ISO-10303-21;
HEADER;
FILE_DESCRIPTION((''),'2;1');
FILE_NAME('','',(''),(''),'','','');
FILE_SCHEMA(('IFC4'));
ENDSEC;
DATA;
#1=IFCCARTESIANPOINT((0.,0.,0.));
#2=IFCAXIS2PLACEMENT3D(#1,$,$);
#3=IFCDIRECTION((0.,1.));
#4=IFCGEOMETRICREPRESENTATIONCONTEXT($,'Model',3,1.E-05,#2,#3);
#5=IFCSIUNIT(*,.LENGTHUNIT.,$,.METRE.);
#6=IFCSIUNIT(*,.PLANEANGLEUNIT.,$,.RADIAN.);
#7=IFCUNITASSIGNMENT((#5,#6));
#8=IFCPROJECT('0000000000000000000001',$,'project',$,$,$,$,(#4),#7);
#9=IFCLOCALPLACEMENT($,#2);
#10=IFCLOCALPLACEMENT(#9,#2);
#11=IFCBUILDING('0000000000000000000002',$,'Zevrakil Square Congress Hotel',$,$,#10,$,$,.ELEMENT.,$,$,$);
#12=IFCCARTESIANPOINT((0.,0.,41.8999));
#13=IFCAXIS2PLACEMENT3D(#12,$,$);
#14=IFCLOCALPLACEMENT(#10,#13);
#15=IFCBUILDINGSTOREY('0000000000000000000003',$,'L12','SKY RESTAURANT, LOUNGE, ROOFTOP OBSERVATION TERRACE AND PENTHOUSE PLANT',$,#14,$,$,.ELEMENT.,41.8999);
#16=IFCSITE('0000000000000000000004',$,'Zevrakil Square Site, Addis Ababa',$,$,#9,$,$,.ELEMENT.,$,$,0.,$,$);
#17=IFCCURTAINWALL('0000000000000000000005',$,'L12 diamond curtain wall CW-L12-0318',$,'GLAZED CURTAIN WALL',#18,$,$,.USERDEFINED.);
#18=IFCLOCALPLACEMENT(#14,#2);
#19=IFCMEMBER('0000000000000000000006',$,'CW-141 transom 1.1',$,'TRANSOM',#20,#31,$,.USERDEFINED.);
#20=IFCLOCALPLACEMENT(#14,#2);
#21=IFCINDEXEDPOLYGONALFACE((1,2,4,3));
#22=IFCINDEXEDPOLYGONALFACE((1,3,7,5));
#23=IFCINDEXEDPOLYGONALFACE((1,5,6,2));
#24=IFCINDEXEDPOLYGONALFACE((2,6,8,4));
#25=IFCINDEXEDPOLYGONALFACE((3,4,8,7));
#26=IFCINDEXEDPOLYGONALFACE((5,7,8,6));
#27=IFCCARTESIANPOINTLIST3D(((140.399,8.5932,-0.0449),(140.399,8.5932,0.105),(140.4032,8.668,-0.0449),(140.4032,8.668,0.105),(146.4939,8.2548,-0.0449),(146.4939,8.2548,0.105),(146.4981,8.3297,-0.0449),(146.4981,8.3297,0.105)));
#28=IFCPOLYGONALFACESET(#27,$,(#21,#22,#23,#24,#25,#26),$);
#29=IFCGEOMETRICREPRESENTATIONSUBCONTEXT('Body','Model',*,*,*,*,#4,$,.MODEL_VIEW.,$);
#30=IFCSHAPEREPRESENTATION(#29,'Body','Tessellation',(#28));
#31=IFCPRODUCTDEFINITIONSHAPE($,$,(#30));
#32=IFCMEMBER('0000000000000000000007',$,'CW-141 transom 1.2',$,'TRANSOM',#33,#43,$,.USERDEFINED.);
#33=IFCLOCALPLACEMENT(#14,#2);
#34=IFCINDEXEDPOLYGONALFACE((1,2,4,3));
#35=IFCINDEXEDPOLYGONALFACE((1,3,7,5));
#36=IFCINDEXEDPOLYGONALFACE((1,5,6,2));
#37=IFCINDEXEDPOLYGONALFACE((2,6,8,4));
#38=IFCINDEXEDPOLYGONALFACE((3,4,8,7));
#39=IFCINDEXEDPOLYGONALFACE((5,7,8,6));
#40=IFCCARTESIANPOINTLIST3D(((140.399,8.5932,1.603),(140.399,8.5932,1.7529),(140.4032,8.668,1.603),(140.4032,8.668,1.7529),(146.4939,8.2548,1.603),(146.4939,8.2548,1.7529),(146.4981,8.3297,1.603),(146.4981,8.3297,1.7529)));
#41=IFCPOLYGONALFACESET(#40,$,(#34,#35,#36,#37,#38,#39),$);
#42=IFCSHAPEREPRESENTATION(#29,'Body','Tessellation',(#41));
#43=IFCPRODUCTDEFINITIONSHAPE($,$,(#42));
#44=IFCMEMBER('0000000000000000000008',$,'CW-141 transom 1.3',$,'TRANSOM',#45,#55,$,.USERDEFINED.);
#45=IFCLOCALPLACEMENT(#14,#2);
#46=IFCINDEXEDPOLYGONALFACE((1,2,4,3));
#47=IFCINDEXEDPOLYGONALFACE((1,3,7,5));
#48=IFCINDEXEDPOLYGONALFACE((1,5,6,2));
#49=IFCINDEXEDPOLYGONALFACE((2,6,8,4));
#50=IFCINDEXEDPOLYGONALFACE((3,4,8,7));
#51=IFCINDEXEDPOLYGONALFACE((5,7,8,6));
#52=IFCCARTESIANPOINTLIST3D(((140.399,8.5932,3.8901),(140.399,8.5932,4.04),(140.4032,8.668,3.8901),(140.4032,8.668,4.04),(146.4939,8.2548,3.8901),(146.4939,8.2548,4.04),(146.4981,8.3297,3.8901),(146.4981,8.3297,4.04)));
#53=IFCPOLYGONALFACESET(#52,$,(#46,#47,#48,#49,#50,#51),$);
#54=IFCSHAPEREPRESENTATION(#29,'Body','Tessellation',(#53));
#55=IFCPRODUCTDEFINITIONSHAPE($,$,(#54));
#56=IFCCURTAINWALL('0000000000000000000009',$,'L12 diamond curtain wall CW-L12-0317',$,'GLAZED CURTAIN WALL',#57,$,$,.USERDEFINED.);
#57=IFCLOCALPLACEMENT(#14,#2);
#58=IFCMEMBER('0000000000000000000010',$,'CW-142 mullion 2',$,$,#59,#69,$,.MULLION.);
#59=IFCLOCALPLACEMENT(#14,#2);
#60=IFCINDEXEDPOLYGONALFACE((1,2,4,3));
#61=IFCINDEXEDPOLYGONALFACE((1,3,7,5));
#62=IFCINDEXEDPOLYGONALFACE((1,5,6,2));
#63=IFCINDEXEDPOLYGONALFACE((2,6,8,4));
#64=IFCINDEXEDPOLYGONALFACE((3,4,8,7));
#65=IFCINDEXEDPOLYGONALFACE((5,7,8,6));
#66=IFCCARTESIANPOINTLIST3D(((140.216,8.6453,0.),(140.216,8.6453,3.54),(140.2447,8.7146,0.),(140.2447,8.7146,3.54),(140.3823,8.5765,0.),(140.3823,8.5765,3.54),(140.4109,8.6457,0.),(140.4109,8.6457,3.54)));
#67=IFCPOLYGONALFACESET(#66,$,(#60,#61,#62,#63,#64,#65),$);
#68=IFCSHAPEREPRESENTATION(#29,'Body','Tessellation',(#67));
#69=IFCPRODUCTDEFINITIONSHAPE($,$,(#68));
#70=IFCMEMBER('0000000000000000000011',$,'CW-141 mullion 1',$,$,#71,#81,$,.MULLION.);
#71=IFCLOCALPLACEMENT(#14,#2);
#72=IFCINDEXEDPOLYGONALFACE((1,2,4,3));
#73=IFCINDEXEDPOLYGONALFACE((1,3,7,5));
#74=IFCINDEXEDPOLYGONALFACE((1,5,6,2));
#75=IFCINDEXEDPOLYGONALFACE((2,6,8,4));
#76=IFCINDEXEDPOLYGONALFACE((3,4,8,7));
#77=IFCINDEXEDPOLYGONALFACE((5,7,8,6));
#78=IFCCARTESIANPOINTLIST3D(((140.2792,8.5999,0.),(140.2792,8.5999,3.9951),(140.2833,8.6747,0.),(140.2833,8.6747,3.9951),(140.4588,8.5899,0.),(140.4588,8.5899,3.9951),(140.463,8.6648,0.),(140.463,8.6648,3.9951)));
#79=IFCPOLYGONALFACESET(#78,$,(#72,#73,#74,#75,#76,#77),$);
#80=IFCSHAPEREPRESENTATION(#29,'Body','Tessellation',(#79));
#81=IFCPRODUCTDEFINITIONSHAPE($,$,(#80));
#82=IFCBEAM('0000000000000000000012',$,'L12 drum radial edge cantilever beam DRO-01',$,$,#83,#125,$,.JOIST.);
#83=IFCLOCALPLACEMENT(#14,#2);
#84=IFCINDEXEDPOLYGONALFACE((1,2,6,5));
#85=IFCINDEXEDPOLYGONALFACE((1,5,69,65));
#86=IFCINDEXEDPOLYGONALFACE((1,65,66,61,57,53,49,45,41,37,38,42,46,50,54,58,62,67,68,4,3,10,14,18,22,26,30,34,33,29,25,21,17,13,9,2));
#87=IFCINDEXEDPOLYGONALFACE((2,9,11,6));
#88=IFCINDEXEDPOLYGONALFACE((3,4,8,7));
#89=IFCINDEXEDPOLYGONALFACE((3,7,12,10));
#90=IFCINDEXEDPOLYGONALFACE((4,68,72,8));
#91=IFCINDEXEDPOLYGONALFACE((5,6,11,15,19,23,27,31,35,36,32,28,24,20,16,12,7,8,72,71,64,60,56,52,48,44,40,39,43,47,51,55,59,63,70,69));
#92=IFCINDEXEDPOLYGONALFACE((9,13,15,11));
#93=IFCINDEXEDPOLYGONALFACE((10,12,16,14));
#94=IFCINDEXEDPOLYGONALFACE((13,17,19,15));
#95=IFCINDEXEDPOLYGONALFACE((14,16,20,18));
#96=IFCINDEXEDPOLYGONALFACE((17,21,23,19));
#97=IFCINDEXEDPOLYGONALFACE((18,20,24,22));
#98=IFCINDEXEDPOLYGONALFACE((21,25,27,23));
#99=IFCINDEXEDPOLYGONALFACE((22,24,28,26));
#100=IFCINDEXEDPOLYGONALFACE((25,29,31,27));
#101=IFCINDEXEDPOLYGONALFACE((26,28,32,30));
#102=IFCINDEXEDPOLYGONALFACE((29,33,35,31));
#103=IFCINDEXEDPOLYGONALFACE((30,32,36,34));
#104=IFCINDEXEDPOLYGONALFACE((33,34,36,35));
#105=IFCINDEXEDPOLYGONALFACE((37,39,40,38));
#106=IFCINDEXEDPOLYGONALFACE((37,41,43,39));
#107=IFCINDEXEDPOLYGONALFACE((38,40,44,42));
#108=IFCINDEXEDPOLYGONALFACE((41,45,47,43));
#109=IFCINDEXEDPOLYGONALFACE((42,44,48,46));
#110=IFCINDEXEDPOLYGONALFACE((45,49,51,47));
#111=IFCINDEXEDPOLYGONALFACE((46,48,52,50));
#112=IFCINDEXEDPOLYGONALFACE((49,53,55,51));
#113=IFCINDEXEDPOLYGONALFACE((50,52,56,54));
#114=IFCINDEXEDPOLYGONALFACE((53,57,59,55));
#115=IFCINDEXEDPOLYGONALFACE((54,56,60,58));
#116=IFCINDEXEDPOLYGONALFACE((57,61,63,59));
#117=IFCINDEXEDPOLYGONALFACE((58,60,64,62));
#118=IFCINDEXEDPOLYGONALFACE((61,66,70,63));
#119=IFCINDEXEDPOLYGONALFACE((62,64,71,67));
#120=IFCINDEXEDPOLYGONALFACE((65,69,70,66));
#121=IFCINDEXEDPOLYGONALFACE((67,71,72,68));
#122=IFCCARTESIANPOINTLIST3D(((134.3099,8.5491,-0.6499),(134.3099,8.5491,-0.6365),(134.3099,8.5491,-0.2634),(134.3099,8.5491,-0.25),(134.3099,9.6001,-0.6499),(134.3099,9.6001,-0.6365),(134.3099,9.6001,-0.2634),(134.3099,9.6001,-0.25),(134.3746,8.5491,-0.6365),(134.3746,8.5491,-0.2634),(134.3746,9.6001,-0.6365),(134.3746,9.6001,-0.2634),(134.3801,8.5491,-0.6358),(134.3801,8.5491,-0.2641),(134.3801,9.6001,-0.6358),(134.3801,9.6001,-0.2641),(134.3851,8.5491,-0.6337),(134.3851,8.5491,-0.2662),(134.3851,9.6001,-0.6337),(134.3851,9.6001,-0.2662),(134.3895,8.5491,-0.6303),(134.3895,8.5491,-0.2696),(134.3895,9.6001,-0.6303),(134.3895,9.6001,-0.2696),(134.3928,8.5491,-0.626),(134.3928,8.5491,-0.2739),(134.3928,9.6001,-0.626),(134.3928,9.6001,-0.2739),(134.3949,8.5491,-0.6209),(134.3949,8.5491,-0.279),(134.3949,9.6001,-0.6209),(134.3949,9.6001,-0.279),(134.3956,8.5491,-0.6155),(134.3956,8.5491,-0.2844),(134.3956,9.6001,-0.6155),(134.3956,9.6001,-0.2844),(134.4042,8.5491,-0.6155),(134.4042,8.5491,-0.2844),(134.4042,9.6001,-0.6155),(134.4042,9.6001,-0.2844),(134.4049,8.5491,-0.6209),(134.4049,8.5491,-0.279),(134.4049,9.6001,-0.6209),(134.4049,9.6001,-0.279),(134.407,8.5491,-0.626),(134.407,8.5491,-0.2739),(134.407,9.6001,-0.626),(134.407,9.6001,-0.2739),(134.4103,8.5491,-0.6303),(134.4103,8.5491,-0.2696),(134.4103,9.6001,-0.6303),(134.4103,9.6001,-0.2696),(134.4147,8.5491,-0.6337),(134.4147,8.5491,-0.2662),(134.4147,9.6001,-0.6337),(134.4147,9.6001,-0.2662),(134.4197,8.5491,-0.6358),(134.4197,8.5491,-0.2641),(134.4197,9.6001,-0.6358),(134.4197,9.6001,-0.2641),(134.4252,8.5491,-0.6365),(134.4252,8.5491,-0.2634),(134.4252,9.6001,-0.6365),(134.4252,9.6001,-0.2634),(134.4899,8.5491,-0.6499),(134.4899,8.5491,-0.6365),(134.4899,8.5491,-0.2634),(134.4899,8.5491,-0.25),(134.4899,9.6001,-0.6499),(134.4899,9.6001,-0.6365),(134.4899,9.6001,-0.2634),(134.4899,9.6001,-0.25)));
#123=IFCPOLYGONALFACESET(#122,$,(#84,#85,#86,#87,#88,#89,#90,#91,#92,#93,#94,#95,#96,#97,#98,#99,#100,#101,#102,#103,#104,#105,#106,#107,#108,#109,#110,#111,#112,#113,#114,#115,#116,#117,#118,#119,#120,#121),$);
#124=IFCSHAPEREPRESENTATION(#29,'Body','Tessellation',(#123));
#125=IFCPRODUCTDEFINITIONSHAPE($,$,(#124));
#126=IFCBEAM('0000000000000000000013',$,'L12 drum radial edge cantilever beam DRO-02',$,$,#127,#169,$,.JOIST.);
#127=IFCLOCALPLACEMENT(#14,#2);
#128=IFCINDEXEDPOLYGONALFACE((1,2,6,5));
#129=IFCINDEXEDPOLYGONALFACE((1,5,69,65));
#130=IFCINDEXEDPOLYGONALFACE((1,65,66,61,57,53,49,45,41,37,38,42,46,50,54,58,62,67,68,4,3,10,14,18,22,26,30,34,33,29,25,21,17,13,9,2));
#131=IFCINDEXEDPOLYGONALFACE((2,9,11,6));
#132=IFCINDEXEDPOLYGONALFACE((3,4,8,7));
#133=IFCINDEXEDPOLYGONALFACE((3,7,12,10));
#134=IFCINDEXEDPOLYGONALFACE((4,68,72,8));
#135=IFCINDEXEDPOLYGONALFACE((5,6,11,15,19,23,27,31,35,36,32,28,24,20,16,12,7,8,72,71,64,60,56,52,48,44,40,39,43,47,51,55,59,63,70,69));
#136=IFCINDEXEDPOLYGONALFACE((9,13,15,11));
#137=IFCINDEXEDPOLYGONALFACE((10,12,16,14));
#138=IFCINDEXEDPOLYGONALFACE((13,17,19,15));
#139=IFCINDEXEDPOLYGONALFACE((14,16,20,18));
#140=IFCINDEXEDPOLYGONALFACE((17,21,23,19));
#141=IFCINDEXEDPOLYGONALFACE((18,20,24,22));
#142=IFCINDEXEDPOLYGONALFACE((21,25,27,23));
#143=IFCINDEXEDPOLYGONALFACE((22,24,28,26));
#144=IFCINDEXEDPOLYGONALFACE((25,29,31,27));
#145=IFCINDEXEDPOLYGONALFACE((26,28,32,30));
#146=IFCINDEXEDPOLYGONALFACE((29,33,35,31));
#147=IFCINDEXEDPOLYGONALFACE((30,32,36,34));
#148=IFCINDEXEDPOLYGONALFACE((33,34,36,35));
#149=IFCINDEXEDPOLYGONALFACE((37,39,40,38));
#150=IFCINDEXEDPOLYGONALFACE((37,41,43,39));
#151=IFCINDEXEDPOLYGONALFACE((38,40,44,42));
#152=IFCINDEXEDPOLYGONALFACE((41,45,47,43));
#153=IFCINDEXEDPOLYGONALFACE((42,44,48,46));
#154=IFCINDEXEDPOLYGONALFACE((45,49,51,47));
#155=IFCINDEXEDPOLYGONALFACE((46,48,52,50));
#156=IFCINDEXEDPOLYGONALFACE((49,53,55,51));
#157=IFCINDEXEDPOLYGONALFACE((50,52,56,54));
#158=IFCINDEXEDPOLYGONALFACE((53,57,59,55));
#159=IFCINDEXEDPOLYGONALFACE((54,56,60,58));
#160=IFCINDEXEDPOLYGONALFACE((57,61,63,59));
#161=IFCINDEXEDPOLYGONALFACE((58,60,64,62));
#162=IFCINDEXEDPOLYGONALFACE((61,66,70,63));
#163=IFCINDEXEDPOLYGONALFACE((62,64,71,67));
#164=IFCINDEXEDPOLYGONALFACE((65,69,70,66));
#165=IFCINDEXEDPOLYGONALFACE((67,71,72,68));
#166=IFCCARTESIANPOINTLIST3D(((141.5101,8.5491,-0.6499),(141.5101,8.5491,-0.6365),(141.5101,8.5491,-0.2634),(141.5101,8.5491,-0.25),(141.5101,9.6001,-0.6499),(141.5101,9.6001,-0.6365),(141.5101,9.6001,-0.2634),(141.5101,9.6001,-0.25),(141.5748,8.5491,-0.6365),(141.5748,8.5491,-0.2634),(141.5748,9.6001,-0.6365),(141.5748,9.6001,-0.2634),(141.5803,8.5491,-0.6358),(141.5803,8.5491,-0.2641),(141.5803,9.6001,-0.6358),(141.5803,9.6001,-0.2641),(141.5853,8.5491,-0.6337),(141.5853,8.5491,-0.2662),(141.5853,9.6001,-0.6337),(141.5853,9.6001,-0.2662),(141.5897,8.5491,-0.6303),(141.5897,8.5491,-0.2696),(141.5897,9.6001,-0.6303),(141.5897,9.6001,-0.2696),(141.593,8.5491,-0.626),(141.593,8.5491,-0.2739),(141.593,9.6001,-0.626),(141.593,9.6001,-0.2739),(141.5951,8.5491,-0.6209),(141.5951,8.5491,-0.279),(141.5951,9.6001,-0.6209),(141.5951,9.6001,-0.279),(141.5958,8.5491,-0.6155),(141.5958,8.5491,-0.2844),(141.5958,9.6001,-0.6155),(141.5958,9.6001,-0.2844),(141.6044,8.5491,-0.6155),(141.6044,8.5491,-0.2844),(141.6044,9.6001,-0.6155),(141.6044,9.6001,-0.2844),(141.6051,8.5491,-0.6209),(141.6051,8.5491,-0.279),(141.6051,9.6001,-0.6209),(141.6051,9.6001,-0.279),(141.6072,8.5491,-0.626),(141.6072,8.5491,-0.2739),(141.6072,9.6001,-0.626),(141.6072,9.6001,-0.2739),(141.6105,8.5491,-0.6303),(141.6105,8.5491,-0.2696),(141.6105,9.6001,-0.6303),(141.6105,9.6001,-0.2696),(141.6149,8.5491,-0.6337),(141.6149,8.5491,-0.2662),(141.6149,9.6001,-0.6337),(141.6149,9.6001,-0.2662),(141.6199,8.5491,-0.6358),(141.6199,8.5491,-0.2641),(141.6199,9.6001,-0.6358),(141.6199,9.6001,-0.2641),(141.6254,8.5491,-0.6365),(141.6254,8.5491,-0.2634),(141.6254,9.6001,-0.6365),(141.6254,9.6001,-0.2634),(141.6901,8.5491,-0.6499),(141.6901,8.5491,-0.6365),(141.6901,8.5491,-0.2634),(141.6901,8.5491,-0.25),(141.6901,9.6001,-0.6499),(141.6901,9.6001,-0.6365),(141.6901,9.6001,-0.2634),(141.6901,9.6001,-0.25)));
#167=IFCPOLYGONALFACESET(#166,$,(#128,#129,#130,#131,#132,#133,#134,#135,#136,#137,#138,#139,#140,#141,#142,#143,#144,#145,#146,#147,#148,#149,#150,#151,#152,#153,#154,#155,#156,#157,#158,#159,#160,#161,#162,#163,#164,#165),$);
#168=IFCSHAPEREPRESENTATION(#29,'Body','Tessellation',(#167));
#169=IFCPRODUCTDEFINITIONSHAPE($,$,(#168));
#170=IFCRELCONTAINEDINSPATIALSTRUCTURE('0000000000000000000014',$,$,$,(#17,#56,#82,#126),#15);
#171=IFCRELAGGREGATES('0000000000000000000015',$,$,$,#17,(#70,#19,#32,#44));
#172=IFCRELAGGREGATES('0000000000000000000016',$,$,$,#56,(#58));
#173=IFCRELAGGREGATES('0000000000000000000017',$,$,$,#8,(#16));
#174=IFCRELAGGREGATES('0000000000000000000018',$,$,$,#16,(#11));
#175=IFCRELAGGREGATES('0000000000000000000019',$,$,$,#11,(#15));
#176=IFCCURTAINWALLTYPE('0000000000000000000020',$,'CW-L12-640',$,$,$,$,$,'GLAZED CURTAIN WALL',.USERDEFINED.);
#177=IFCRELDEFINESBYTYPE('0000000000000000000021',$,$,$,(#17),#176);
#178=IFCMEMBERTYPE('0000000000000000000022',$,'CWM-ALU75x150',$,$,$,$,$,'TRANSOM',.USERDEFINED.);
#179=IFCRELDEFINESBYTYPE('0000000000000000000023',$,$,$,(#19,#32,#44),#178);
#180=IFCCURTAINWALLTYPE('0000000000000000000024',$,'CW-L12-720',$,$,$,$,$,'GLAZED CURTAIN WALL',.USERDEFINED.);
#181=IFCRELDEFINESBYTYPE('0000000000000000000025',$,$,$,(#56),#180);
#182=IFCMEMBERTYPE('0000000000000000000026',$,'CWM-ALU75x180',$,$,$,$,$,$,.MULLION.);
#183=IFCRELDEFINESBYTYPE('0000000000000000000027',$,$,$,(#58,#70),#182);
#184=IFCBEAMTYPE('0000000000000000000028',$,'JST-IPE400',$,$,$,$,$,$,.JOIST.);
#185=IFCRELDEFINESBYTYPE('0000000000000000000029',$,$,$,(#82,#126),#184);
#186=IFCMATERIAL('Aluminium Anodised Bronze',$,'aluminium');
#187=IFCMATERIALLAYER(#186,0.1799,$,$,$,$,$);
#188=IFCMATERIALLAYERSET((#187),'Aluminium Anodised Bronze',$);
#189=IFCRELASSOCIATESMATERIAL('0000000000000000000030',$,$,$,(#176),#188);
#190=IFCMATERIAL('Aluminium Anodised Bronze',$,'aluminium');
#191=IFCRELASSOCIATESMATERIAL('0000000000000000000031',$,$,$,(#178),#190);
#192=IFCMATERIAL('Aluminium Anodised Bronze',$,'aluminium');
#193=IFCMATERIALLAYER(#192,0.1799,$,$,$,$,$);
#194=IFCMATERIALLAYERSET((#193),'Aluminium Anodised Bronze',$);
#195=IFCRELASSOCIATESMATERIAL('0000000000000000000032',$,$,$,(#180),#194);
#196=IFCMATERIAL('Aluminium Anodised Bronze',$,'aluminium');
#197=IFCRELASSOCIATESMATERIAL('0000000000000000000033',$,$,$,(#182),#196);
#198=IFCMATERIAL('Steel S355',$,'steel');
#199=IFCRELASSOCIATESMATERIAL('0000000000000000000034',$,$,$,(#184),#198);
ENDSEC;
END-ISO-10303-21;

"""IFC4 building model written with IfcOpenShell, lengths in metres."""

from ifc_helpers import new_model, si_unit, direction, frame, origin, origin_2d, place, context, subcontext, project, spatial, rectangle, i_section, extrude, material, layer, layer_set, material_profile, profile_set, type_object, element, aggregate, save


model = new_model("IFC4")

# Units and contexts
model_context = context("Model", 3, precision=1e-05, world=origin(), true_north=direction((0.0, 1.0)))
body_context = subcontext(model_context, "Body", "Model", "MODEL_VIEW")
ifc_project = project(units=[si_unit("LENGTHUNIT", "METRE"), si_unit("PLANEANGLEUNIT", "RADIAN")], contexts=[model_context])

# Site, building, storey
site_placement = place(None, origin())
site = spatial("IfcSite", under=ifc_project, at=site_placement, Name="Zevrakil Square Site, Addis Ababa", CompositionType="ELEMENT", RefElevation=0.0)
building_placement = place(site_placement, origin())
building = spatial("IfcBuilding", under=site, at=building_placement, Name="Zevrakil Square Congress Hotel", CompositionType="ELEMENT")
storey_placement = place(building_placement, frame((0.0, 0.0, 41.8999)))
storey = spatial("IfcBuildingStorey", under=building, at=storey_placement, Name="L12", Description="SKY RESTAURANT, LOUNGE, ROOFTOP OBSERVATION TERRACE AND PENTHOUSE PLANT", CompositionType="ELEMENT", Elevation=41.8999)

# Curtain wall, members
ifc_material_1 = material(Name="Aluminium Anodised Bronze", Category="aluminium")
ifc_layer_1 = layer(ifc_material_1, 0.1799)
ifc_layer_set_1 = layer_set([ifc_layer_1], Name="Aluminium Anodised Bronze")
curtain_wall_type_1 = type_object("IfcCurtainWallType", Name="CW-L12-640", ElementType="GLAZED CURTAIN WALL", PredefinedType="USERDEFINED", material=ifc_layer_set_1)
curtain_wall_1_placement = place(storey_placement, origin())
curtain_wall_1 = element("IfcCurtainWall", 1, at=curtain_wall_1_placement, inside=storey, type_object=curtain_wall_type_1, Name="L12 diamond curtain wall CW-L12-0318", ObjectType="GLAZED CURTAIN WALL", PredefinedType="USERDEFINED")
ifc_material_2 = material(Name="Aluminium Anodised Bronze", Category="aluminium")
ifc_material_profile_1 = material_profile(ifc_material_2, rectangle(XDim=0.075, YDim=0.1499, at=origin_2d()), Name="ALU 75x150")
ifc_profile_set_1 = profile_set([ifc_material_profile_1], Name="Aluminium Anodised Bronze")
member_type_1 = type_object("IfcMemberType", Name="CWM-ALU75x150", ElementType="TRANSOM", PredefinedType="USERDEFINED", material=ifc_profile_set_1)
member_1_placement = place(storey_placement, frame((140.4011, 8.6306, 0.03), z_axis=(0.998462, -0.055432, 0.0), x_axis=(0.055432, 0.998462, 0.0)))
member_1 = element("IfcMember", 2, at=member_1_placement, type_object=member_type_1, Name="CW-141 transom 1.1", ObjectType="TRANSOM", PredefinedType="USERDEFINED", context=body_context, shape_type="SweptSolid", body=[
    extrude(rectangle(XDim=0.075, YDim=0.1499, at=origin_2d()), origin(), (0.0, 0.0, 1.0), 6.1042),
])
member_2_placement = place(storey_placement, frame((140.4011, 8.6306, 1.678), z_axis=(0.998462, -0.055432, 0.0), x_axis=(0.055432, 0.998462, 0.0)))
member_2 = element("IfcMember", 3, at=member_2_placement, type_object=member_type_1, Name="CW-141 transom 1.2", ObjectType="TRANSOM", PredefinedType="USERDEFINED", context=body_context, shape_type="SweptSolid", body=[
    extrude(rectangle(XDim=0.075, YDim=0.1499, at=origin_2d()), origin(), (0.0, 0.0, 1.0), 6.1042),
])
member_3_placement = place(storey_placement, frame((140.4011, 8.6306, 3.9651), z_axis=(0.998462, -0.055432, 0.0), x_axis=(0.055432, 0.998462, 0.0)))
member_3 = element("IfcMember", 4, at=member_3_placement, type_object=member_type_1, Name="CW-141 transom 1.3", ObjectType="TRANSOM", PredefinedType="USERDEFINED", context=body_context, shape_type="SweptSolid", body=[
    extrude(rectangle(XDim=0.075, YDim=0.1499, at=origin_2d()), origin(), (0.0, 0.0, 1.0), 6.1042),
])

# Curtain wall, member
ifc_material_3 = material(Name="Aluminium Anodised Bronze", Category="aluminium")
ifc_layer_2 = layer(ifc_material_3, 0.1799)
ifc_layer_set_2 = layer_set([ifc_layer_2], Name="Aluminium Anodised Bronze")
curtain_wall_type_2 = type_object("IfcCurtainWallType", Name="CW-L12-720", ElementType="GLAZED CURTAIN WALL", PredefinedType="USERDEFINED", material=ifc_layer_set_2)
curtain_wall_2_placement = place(storey_placement, origin())
curtain_wall_2 = element("IfcCurtainWall", 5, at=curtain_wall_2_placement, inside=storey, type_object=curtain_wall_type_2, Name="L12 diamond curtain wall CW-L12-0317", ObjectType="GLAZED CURTAIN WALL", PredefinedType="USERDEFINED")
ifc_material_4 = material(Name="Aluminium Anodised Bronze", Category="aluminium")
ifc_material_profile_2 = material_profile(ifc_material_4, rectangle(XDim=0.075, YDim=0.1799, at=origin_2d()), Name="ALU 75x180")
ifc_profile_set_2 = profile_set([ifc_material_profile_2], Name="Aluminium Anodised Bronze")
member_type_2 = type_object("IfcMemberType", Name="CWM-ALU75x180", PredefinedType="MULLION", material=ifc_profile_set_2)
member_4_placement = place(storey_placement, frame((140.3135, 8.6455, 0.0), z_axis=(0.0, 0.0, 1.0), x_axis=(0.382684, 0.923879, 0.0)))
member_4 = element("IfcMember", 6, at=member_4_placement, type_object=member_type_2, Name="CW-142 mullion 2", PredefinedType="MULLION", context=body_context, shape_type="SweptSolid", body=[
    extrude(rectangle(XDim=0.075, YDim=0.1799, at=origin_2d()), origin(), (0.0, 0.0, 1.0), 3.54),
])

# Member
member_5_placement = place(storey_placement, frame((140.3711, 8.6323, 0.0), z_axis=(0.0, 0.0, 1.0), x_axis=(0.055427, 0.998463, 0.0)))
member_5 = element("IfcMember", 7, at=member_5_placement, type_object=member_type_2, Name="CW-141 mullion 1", PredefinedType="MULLION", context=body_context, shape_type="SweptSolid", body=[
    extrude(rectangle(XDim=0.075, YDim=0.1799, at=origin_2d()), origin(), (0.0, 0.0, 1.0), 3.9951),
])

# Beams
ifc_material_5 = material(Name="Steel S355", Category="steel")
ifc_material_profile_3 = material_profile(ifc_material_5, i_section(OverallWidth=0.1799, OverallDepth=0.3999, WebThickness=0.0085, FlangeThickness=0.0134, FilletRadius=0.021, at=origin_2d()), Name="IPE 400")
ifc_profile_set_3 = profile_set([ifc_material_profile_3], Name="Steel S355")
beam_type_1 = type_object("IfcBeamType", Name="JST-IPE400", PredefinedType="JOIST", material=ifc_profile_set_3)
for number, where, z_axis, x_axis, name in (
    (8, (134.3999, 9.6001, -0.45), (0.0, -1.0, 0.0), (1.0, 0.0, 0.0), "L12 drum radial edge cantilever beam DRO-01"),
    (9, (141.6001, 9.6001, -0.45), (0.0, -1.0, 0.0), (1.0, 0.0, 0.0), "L12 drum radial edge cantilever beam DRO-02"),
):
    element("IfcBeam", number, at=place(storey_placement, frame(where, z_axis=z_axis, x_axis=x_axis)), inside=storey, type_object=beam_type_1, Name=name, PredefinedType="JOIST", context=body_context, shape_type="SweptSolid", body=[
        extrude(i_section(OverallWidth=0.1799, OverallDepth=0.3999, WebThickness=0.0085, FlangeThickness=0.0134, FilletRadius=0.021, at=origin_2d()), origin(), (0.0, 0.0, 1.0), 1.051),
    ])

aggregate(curtain_wall_1, [member_5, member_1, member_2, member_3])
aggregate(curtain_wall_2, [member_4])

save(model, "model.ifc")
